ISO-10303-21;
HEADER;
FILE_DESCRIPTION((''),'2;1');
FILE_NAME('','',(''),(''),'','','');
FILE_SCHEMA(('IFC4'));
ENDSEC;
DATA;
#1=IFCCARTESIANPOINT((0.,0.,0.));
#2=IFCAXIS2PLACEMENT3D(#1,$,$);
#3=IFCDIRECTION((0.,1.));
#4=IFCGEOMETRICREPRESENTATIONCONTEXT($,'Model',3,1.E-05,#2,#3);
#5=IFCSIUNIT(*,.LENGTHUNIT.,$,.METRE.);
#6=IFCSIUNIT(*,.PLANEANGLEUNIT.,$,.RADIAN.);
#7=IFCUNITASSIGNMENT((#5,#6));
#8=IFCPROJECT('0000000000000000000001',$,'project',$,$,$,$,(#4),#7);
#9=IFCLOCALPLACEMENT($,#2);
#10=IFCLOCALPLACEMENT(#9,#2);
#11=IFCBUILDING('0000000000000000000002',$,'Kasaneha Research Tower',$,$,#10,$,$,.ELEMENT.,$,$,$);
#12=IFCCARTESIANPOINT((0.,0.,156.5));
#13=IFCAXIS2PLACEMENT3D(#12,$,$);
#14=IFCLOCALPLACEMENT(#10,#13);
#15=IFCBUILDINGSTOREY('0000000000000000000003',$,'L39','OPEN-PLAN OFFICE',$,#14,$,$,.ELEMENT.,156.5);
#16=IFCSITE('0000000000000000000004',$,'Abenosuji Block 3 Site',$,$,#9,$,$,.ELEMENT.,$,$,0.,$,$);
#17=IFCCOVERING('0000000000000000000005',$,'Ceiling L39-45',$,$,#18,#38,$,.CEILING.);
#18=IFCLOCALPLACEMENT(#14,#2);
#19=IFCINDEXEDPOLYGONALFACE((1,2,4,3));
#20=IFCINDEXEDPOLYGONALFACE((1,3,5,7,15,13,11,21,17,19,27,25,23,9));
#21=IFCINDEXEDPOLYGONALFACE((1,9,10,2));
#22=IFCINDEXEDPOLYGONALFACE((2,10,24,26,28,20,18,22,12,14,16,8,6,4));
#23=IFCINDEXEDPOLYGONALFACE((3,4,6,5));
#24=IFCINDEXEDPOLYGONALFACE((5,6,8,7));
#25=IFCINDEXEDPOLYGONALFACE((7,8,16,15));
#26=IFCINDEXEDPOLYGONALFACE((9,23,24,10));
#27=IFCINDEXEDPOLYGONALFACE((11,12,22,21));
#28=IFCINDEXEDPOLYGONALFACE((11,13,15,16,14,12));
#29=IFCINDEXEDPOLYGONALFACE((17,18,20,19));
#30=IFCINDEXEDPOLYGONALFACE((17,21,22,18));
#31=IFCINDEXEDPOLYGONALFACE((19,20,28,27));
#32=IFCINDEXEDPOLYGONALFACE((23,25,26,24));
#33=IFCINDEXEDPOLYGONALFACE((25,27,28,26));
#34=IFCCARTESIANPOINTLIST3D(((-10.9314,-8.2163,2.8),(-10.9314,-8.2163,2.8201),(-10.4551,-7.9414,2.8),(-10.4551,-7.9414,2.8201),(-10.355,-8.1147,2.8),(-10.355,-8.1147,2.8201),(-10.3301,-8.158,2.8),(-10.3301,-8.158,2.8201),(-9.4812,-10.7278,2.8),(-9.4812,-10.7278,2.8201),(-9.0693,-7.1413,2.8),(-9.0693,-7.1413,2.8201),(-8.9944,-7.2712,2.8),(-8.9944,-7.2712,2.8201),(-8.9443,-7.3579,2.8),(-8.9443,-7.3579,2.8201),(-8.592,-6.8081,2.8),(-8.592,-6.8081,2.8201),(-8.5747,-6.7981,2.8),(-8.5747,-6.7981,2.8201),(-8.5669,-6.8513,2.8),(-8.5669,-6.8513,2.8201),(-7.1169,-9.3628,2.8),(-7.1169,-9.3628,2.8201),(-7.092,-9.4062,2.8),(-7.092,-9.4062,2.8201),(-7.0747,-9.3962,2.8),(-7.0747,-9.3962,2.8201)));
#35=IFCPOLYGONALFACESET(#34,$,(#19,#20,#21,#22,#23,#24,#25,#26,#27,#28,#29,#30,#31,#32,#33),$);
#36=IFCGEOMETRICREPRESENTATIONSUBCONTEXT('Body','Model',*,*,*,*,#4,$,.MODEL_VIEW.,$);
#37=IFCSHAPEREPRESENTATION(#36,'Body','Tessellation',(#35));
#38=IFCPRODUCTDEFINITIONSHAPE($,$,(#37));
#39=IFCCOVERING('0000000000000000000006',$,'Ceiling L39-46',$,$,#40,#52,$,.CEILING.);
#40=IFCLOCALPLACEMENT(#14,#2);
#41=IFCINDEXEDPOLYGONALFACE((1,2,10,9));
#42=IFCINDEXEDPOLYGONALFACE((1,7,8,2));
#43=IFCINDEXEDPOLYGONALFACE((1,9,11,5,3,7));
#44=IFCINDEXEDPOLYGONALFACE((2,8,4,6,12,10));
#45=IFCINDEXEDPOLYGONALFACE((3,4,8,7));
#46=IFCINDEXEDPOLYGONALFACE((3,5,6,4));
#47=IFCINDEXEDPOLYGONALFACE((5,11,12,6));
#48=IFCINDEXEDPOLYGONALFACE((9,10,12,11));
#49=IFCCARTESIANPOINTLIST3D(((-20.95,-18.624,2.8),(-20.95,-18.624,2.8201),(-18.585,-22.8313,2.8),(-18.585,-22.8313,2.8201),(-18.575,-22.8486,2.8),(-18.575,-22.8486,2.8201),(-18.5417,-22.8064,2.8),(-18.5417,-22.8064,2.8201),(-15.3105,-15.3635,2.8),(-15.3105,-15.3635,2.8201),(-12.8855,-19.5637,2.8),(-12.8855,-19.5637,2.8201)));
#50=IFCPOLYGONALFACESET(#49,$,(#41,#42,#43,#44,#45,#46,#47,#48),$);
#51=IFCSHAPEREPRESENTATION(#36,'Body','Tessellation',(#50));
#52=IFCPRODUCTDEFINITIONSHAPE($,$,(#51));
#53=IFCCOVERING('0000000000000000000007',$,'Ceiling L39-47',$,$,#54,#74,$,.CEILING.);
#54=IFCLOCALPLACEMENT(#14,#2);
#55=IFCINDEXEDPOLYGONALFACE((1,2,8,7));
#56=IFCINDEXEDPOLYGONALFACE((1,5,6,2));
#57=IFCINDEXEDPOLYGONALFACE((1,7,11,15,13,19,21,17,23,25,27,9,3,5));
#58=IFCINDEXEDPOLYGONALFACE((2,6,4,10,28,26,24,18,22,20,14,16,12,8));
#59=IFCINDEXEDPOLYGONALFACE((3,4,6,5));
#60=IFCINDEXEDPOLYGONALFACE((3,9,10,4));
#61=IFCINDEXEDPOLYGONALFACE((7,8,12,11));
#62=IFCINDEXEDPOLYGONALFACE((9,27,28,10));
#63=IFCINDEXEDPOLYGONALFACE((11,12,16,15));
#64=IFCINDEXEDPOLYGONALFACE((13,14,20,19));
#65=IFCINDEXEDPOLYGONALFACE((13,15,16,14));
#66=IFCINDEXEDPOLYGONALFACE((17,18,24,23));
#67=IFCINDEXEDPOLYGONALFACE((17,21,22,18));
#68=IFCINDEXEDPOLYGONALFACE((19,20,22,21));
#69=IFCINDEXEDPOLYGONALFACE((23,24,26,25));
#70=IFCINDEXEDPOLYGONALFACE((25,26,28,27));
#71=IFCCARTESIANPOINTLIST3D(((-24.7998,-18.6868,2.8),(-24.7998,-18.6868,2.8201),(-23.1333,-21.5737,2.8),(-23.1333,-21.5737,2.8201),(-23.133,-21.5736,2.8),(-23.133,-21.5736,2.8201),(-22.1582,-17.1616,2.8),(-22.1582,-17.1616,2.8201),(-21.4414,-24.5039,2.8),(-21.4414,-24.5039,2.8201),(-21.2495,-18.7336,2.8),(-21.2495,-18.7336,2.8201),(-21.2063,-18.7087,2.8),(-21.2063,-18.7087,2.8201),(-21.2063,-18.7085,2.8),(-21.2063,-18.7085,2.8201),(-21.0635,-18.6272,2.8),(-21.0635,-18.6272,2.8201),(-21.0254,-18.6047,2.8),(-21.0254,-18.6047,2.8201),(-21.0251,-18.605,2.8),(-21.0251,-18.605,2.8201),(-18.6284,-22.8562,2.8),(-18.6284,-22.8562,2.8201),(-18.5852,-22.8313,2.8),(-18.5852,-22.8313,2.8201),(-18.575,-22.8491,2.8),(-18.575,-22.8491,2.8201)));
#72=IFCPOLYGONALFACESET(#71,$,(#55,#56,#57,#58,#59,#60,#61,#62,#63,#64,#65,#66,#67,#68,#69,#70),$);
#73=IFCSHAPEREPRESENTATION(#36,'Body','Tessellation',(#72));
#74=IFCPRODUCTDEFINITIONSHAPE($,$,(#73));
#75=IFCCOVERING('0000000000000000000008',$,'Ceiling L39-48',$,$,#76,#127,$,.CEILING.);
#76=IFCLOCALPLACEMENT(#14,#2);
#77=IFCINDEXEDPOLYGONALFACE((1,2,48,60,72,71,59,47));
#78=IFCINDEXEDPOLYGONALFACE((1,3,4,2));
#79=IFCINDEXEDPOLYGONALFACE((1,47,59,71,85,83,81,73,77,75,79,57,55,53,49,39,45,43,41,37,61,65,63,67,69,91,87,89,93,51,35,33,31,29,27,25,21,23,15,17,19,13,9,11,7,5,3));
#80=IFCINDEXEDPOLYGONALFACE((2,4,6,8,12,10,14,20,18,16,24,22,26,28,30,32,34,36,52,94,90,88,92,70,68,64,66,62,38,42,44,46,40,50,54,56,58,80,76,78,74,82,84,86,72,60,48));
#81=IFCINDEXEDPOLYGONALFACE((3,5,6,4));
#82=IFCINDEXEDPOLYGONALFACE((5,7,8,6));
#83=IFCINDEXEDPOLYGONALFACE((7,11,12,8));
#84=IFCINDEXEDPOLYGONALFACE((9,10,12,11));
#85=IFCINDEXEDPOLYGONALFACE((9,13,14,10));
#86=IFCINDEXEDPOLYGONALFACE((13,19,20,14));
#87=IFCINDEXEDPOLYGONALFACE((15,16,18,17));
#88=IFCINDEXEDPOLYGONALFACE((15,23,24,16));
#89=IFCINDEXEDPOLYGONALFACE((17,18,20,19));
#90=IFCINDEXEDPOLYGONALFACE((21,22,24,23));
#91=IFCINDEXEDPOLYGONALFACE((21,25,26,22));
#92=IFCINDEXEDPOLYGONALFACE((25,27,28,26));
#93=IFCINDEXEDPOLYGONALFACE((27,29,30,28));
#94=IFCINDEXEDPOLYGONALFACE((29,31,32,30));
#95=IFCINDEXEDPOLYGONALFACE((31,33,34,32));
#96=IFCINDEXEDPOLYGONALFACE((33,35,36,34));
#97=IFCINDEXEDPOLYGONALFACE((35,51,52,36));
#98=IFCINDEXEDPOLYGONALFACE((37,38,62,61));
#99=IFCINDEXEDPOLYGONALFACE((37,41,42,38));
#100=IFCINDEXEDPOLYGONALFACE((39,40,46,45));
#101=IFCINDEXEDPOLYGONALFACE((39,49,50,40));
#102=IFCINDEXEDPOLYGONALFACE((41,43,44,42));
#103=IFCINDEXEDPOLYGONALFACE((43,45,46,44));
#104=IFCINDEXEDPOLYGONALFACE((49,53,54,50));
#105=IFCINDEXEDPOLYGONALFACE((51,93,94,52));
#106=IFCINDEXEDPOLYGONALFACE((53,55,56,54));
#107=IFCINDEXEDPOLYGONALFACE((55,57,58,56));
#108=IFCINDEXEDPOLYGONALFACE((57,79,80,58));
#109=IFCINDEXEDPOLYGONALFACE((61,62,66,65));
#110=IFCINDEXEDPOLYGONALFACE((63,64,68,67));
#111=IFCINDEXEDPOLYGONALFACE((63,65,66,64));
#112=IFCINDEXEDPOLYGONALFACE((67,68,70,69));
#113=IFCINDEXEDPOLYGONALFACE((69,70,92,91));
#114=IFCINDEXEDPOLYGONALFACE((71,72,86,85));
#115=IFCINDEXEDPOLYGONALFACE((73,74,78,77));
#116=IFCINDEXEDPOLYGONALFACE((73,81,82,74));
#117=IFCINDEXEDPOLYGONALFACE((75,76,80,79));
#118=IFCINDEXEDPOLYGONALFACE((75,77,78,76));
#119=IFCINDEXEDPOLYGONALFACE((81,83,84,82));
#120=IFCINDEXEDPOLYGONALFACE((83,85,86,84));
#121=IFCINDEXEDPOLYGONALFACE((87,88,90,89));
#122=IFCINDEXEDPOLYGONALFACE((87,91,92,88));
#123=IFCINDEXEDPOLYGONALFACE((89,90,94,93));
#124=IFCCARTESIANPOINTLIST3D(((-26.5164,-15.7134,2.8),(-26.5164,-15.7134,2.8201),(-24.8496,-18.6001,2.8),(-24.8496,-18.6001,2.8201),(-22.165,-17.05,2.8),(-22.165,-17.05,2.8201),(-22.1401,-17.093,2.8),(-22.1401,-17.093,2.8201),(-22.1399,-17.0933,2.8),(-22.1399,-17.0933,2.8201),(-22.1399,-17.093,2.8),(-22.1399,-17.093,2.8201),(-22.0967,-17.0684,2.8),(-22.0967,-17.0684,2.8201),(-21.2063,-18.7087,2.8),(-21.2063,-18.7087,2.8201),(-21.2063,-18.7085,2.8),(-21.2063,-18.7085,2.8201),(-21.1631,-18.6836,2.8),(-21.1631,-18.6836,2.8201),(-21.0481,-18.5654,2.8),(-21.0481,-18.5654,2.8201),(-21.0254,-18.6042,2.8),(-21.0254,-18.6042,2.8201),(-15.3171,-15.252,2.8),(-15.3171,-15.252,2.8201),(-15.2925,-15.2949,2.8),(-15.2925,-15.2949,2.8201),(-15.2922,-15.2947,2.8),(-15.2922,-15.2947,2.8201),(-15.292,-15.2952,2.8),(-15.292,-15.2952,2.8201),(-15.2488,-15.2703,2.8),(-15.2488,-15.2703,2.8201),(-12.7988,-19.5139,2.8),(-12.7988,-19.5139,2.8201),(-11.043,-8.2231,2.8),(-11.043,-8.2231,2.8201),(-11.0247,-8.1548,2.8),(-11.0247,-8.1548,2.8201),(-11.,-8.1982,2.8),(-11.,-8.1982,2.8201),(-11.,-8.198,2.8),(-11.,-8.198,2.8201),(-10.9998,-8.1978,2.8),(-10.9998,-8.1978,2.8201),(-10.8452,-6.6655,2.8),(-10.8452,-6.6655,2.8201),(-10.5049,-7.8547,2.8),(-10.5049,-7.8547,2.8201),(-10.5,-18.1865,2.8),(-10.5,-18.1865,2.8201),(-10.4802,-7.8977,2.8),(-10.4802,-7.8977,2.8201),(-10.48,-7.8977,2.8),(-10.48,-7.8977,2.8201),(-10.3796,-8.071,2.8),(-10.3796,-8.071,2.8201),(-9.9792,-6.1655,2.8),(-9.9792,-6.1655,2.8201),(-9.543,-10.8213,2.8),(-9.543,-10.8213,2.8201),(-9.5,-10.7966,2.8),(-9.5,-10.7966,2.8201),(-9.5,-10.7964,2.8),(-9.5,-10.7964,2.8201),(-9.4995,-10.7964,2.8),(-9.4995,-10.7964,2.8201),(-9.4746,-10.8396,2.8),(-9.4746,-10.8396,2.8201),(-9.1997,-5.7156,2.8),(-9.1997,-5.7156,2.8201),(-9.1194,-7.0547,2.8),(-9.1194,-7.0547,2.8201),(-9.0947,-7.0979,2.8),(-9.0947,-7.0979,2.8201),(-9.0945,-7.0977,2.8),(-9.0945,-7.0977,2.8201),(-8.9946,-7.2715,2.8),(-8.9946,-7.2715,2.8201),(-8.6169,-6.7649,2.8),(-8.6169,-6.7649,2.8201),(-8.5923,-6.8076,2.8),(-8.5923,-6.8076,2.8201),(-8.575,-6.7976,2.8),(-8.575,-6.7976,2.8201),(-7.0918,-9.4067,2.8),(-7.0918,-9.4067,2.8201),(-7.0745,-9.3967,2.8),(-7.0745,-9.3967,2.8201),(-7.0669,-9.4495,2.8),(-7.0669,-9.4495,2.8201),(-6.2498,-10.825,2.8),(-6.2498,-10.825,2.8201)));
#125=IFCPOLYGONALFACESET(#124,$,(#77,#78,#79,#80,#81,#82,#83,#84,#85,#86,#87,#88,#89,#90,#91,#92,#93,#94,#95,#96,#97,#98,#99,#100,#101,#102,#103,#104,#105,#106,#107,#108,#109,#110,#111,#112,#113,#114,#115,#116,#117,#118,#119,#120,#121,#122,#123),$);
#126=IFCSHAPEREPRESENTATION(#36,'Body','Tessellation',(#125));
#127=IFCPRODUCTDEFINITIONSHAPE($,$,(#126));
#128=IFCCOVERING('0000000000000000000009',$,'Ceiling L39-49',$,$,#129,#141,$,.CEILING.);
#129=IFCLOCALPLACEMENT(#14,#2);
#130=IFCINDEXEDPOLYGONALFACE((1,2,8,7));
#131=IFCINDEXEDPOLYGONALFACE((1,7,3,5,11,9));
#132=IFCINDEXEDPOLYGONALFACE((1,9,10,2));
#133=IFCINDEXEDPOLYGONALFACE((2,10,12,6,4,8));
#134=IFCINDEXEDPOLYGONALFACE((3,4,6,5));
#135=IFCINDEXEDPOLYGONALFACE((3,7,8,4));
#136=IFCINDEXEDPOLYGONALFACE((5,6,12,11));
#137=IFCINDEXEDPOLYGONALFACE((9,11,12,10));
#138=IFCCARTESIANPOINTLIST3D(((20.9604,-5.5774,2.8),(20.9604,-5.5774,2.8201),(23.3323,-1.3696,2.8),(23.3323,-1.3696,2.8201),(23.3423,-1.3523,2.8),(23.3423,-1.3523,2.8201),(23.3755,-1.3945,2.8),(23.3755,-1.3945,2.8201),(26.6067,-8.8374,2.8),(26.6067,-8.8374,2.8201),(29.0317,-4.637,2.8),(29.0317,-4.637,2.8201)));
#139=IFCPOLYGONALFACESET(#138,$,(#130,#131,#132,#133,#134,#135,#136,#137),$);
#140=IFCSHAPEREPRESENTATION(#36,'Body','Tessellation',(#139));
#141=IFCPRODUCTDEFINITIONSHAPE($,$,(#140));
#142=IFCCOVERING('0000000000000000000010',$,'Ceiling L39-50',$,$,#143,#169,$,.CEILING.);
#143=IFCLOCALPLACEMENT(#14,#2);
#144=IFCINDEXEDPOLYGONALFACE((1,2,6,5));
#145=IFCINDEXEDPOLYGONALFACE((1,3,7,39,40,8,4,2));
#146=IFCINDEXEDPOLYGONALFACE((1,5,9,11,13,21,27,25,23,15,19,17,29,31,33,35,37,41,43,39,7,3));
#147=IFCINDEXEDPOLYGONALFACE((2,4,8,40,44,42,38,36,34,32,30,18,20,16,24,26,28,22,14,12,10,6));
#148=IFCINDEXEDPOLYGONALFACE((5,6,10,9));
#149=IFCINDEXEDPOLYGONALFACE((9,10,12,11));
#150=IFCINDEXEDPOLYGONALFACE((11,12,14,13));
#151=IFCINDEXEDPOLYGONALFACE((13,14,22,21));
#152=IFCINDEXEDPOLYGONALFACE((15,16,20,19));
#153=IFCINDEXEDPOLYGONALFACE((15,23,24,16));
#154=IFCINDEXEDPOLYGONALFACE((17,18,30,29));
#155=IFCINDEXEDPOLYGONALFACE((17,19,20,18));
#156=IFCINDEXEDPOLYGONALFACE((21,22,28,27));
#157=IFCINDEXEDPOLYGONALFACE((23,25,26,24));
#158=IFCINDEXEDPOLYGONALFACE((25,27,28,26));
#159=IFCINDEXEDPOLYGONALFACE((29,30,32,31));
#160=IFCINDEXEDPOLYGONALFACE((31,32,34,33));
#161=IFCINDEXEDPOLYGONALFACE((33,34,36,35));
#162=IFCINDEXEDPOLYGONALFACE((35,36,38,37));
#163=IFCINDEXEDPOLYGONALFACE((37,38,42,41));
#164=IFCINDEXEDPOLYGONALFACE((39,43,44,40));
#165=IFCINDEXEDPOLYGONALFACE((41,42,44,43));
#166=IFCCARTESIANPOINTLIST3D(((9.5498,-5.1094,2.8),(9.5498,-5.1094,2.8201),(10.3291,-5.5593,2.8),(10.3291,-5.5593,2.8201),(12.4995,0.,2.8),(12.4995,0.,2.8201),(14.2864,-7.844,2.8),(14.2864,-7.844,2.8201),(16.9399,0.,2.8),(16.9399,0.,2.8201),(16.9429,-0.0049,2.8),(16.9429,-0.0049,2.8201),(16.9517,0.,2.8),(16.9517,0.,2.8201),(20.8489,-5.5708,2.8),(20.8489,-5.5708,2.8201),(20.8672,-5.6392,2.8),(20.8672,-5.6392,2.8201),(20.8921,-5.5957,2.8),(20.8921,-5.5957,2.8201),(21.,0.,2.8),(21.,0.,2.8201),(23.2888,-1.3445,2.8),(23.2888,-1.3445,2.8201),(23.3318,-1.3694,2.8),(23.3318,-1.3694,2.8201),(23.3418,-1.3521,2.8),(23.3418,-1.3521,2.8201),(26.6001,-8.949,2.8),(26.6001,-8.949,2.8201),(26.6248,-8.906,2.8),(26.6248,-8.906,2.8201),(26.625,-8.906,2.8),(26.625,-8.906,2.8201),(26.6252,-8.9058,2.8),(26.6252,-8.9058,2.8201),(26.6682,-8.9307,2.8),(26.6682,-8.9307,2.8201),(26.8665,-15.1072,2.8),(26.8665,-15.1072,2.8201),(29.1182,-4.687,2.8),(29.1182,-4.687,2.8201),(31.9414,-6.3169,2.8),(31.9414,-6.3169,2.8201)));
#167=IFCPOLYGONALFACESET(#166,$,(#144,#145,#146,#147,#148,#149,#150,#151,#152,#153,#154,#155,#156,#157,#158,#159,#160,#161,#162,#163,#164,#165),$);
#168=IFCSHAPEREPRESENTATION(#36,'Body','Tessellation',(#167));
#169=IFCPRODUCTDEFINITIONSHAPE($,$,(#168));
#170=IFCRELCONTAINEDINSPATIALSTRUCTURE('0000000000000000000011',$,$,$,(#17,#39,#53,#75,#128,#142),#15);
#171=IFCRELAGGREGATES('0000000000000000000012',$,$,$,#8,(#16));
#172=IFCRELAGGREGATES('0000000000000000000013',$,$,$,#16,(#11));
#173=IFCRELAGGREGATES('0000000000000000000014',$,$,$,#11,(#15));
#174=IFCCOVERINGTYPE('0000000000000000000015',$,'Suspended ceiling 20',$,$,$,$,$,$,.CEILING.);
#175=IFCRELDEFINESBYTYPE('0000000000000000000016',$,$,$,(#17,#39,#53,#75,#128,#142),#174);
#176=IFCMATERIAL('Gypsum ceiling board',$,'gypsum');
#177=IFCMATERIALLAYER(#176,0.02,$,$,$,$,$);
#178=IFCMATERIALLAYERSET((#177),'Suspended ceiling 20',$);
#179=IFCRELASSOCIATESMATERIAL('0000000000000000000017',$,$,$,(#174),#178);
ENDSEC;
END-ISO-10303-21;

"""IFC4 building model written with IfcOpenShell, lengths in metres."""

from ifc_helpers import new_model, si_unit, direction, frame, origin, place, context, subcontext, project, spatial, polyline, outline, extrude, material, layer, layer_set, type_object, element, save


model = new_model("IFC4")

# Units and contexts
model_context = context("Model", 3, precision=1e-05, world=origin(), true_north=direction((0.0, 1.0)))
body_context = subcontext(model_context, "Body", "Model", "MODEL_VIEW")
ifc_project = project(units=[si_unit("LENGTHUNIT", "METRE"), si_unit("PLANEANGLEUNIT", "RADIAN")], contexts=[model_context])

# Site, building, storey
site_placement = place(None, origin())
site = spatial("IfcSite", under=ifc_project, at=site_placement, Name="Abenosuji Block 3 Site", CompositionType="ELEMENT", RefElevation=0.0)
building_placement = place(site_placement, origin())
building = spatial("IfcBuilding", under=site, at=building_placement, Name="Kasaneha Research Tower", CompositionType="ELEMENT")
storey_placement = place(building_placement, frame((0.0, 0.0, 156.5)))
storey = spatial("IfcBuildingStorey", under=building, at=storey_placement, Name="L39", Description="OPEN-PLAN OFFICE", CompositionType="ELEMENT", Elevation=156.5)

# Coverings
ifc_material_1 = material(Name="Gypsum ceiling board", Category="gypsum")
ifc_layer_1 = layer(ifc_material_1, 0.02)
ifc_layer_set_1 = layer_set([ifc_layer_1], Name="Suspended ceiling 20")
covering_type_1 = type_object("IfcCoveringType", Name="Suspended ceiling 20", PredefinedType="CEILING", material=ifc_layer_set_1)
covering_1_placement = place(storey_placement, frame((0.0, 0.0, 2.8)))
element("IfcCovering", 1, at=covering_1_placement, inside=storey, type_object=covering_type_1, Name="Ceiling L39-45", PredefinedType="CEILING", context=body_context, shape_type="SweptSolid", body=[
    extrude(outline(polyline([(-10.355, -8.1147), (-10.355, -8.1147), (-10.3301, -8.158), (-8.9443, -7.3579), (-8.9944, -7.2712), (-8.9944, -7.2712), (-9.0942, -7.0981), (-9.0942, -7.0981), (-9.0693, -7.1414), (-8.5669, -6.8513), (-8.592, -6.8081), (-8.5747, -6.7981), (-7.0747, -9.3962), (-7.092, -9.4062), (-7.1169, -9.3628), (-9.4812, -10.7278), (-10.9314, -8.2163), (-10.4551, -7.9414), (-10.355, -8.1147)])), origin(), (0.0, 0.0, 1.0), 0.02),
])
covering_2_placement = place(storey_placement, frame((0.0, 0.0, 2.8)))
element("IfcCovering", 2, at=covering_2_placement, inside=storey, type_object=covering_type_1, Name="Ceiling L39-46", PredefinedType="CEILING", context=body_context, shape_type="SweptSolid", body=[
    extrude(outline(polyline([(-18.575, -22.8486), (-18.585, -22.8313), (-18.5417, -22.8064), (-20.95, -18.624), (-15.3105, -15.3635), (-12.8855, -19.5637), (-18.575, -22.8486)])), origin(), (0.0, 0.0, 1.0), 0.02),
])
covering_3_placement = place(storey_placement, frame((0.0, 0.0, 2.8)))
element("IfcCovering", 3, at=covering_3_placement, inside=storey, type_object=covering_type_1, Name="Ceiling L39-47", PredefinedType="CEILING", context=body_context, shape_type="SweptSolid", body=[
    extrude(outline(polyline([(-21.2063, -18.7087), (-21.0254, -18.6047), (-21.0251, -18.605), (-21.0635, -18.6272), (-18.6284, -22.8562), (-18.5852, -22.8313), (-18.575, -22.8491), (-21.4414, -24.5039), (-23.1333, -21.5737), (-20.8503, -20.2556), (-23.1331, -21.5735), (-24.7998, -18.6868), (-22.1582, -17.1616), (-21.2495, -18.7336), (-21.2063, -18.7085), (-21.2063, -18.7087)])), origin(), (0.0, 0.0, 1.0), 0.02),
])
covering_4_placement = place(storey_placement, frame((0.0, 0.0, 2.8)))
element("IfcCovering", 4, at=covering_4_placement, inside=storey, type_object=covering_type_1, Name="Ceiling L39-48", PredefinedType="CEILING", context=body_context, shape_type="SweptSolid", body=[
    extrude(outline(polyline([(-9.1997, -5.7156), (-8.575, -6.7976), (-8.5923, -6.8076), (-8.6169, -6.7649), (-9.1194, -7.0547), (-9.0945, -7.0977), (-9.0947, -7.0979), (-8.9946, -7.2715), (-10.3796, -8.071), (-10.48, -7.8977), (-10.4802, -7.8977), (-10.5049, -7.8547), (-11.0247, -8.1548), (-10.9998, -8.1978), (-11.0, -8.198), (-11.0, -8.1982), (-11.043, -8.2231), (-9.543, -10.8213), (-9.5, -10.7964), (-9.5, -10.7966), (-9.4995, -10.7964), (-9.4746, -10.8396), (-7.0669, -9.4495), (-7.0918, -9.4067), (-7.0745, -9.3967), (-6.2498, -10.825), (-10.5, -18.1865), (-12.7988, -19.5139), (-15.2488, -15.2703), (-15.292, -15.2952), (-15.2922, -15.2947), (-15.2925, -15.2949), (-15.3171, -15.252), (-21.0481, -18.5654), (-21.0254, -18.6042), (-21.2063, -18.7087), (-21.2063, -18.7085), (-21.1631, -18.6836), (-22.0967, -17.0684), (-22.1399, -17.0933), (-22.1399, -17.093), (-22.1401, -17.093), (-22.165, -17.05), (-24.8496, -18.6001), (-26.5164, -15.7134), (-10.8452, -6.6655), (-10.8452, -6.6655), (-9.9792, -6.1655), (-9.9792, -6.1655), (-9.1997, -5.7156)])), origin(), (0.0, 0.0, 1.0), 0.02),
])
covering_5_placement = place(storey_placement, frame((0.0, 0.0, 2.8)))
element("IfcCovering", 5, at=covering_5_placement, inside=storey, type_object=covering_type_1, Name="Ceiling L39-49", PredefinedType="CEILING", context=body_context, shape_type="SweptSolid", body=[
    extrude(outline(polyline([(29.0317, -4.637), (26.6067, -8.8374), (20.9604, -5.5774), (23.3755, -1.3945), (23.3323, -1.3696), (23.3423, -1.3523), (29.0317, -4.637)])), origin(), (0.0, 0.0, 1.0), 0.02),
])
covering_6_placement = place(storey_placement, frame((0.0, 0.0, 2.8)))
element("IfcCovering", 6, at=covering_6_placement, inside=storey, type_object=covering_type_1, Name="Ceiling L39-50", PredefinedType="CEILING", context=body_context, shape_type="SweptSolid", body=[
    extrude(outline(polyline([(9.5498, -5.1094), (12.4995, 0.0), (16.9399, 0.0), (16.9429, -0.0049), (16.9517, 0.0), (21.0, 0.0), (23.3418, -1.3521), (23.3318, -1.3694), (23.2888, -1.3445), (20.8489, -5.5708), (20.8921, -5.5957), (20.8672, -5.6392), (26.6001, -8.949), (26.6248, -8.906), (26.625, -8.906), (26.6252, -8.9058), (26.6682, -8.9307), (29.1182, -4.687), (31.9414, -6.3169), (26.8665, -15.1072), (14.2864, -7.844), (10.3291, -5.5593), (10.3291, -5.5593), (9.5498, -5.1094)])), origin(), (0.0, 0.0, 1.0), 0.02),
])

save(model, "model.ifc")
